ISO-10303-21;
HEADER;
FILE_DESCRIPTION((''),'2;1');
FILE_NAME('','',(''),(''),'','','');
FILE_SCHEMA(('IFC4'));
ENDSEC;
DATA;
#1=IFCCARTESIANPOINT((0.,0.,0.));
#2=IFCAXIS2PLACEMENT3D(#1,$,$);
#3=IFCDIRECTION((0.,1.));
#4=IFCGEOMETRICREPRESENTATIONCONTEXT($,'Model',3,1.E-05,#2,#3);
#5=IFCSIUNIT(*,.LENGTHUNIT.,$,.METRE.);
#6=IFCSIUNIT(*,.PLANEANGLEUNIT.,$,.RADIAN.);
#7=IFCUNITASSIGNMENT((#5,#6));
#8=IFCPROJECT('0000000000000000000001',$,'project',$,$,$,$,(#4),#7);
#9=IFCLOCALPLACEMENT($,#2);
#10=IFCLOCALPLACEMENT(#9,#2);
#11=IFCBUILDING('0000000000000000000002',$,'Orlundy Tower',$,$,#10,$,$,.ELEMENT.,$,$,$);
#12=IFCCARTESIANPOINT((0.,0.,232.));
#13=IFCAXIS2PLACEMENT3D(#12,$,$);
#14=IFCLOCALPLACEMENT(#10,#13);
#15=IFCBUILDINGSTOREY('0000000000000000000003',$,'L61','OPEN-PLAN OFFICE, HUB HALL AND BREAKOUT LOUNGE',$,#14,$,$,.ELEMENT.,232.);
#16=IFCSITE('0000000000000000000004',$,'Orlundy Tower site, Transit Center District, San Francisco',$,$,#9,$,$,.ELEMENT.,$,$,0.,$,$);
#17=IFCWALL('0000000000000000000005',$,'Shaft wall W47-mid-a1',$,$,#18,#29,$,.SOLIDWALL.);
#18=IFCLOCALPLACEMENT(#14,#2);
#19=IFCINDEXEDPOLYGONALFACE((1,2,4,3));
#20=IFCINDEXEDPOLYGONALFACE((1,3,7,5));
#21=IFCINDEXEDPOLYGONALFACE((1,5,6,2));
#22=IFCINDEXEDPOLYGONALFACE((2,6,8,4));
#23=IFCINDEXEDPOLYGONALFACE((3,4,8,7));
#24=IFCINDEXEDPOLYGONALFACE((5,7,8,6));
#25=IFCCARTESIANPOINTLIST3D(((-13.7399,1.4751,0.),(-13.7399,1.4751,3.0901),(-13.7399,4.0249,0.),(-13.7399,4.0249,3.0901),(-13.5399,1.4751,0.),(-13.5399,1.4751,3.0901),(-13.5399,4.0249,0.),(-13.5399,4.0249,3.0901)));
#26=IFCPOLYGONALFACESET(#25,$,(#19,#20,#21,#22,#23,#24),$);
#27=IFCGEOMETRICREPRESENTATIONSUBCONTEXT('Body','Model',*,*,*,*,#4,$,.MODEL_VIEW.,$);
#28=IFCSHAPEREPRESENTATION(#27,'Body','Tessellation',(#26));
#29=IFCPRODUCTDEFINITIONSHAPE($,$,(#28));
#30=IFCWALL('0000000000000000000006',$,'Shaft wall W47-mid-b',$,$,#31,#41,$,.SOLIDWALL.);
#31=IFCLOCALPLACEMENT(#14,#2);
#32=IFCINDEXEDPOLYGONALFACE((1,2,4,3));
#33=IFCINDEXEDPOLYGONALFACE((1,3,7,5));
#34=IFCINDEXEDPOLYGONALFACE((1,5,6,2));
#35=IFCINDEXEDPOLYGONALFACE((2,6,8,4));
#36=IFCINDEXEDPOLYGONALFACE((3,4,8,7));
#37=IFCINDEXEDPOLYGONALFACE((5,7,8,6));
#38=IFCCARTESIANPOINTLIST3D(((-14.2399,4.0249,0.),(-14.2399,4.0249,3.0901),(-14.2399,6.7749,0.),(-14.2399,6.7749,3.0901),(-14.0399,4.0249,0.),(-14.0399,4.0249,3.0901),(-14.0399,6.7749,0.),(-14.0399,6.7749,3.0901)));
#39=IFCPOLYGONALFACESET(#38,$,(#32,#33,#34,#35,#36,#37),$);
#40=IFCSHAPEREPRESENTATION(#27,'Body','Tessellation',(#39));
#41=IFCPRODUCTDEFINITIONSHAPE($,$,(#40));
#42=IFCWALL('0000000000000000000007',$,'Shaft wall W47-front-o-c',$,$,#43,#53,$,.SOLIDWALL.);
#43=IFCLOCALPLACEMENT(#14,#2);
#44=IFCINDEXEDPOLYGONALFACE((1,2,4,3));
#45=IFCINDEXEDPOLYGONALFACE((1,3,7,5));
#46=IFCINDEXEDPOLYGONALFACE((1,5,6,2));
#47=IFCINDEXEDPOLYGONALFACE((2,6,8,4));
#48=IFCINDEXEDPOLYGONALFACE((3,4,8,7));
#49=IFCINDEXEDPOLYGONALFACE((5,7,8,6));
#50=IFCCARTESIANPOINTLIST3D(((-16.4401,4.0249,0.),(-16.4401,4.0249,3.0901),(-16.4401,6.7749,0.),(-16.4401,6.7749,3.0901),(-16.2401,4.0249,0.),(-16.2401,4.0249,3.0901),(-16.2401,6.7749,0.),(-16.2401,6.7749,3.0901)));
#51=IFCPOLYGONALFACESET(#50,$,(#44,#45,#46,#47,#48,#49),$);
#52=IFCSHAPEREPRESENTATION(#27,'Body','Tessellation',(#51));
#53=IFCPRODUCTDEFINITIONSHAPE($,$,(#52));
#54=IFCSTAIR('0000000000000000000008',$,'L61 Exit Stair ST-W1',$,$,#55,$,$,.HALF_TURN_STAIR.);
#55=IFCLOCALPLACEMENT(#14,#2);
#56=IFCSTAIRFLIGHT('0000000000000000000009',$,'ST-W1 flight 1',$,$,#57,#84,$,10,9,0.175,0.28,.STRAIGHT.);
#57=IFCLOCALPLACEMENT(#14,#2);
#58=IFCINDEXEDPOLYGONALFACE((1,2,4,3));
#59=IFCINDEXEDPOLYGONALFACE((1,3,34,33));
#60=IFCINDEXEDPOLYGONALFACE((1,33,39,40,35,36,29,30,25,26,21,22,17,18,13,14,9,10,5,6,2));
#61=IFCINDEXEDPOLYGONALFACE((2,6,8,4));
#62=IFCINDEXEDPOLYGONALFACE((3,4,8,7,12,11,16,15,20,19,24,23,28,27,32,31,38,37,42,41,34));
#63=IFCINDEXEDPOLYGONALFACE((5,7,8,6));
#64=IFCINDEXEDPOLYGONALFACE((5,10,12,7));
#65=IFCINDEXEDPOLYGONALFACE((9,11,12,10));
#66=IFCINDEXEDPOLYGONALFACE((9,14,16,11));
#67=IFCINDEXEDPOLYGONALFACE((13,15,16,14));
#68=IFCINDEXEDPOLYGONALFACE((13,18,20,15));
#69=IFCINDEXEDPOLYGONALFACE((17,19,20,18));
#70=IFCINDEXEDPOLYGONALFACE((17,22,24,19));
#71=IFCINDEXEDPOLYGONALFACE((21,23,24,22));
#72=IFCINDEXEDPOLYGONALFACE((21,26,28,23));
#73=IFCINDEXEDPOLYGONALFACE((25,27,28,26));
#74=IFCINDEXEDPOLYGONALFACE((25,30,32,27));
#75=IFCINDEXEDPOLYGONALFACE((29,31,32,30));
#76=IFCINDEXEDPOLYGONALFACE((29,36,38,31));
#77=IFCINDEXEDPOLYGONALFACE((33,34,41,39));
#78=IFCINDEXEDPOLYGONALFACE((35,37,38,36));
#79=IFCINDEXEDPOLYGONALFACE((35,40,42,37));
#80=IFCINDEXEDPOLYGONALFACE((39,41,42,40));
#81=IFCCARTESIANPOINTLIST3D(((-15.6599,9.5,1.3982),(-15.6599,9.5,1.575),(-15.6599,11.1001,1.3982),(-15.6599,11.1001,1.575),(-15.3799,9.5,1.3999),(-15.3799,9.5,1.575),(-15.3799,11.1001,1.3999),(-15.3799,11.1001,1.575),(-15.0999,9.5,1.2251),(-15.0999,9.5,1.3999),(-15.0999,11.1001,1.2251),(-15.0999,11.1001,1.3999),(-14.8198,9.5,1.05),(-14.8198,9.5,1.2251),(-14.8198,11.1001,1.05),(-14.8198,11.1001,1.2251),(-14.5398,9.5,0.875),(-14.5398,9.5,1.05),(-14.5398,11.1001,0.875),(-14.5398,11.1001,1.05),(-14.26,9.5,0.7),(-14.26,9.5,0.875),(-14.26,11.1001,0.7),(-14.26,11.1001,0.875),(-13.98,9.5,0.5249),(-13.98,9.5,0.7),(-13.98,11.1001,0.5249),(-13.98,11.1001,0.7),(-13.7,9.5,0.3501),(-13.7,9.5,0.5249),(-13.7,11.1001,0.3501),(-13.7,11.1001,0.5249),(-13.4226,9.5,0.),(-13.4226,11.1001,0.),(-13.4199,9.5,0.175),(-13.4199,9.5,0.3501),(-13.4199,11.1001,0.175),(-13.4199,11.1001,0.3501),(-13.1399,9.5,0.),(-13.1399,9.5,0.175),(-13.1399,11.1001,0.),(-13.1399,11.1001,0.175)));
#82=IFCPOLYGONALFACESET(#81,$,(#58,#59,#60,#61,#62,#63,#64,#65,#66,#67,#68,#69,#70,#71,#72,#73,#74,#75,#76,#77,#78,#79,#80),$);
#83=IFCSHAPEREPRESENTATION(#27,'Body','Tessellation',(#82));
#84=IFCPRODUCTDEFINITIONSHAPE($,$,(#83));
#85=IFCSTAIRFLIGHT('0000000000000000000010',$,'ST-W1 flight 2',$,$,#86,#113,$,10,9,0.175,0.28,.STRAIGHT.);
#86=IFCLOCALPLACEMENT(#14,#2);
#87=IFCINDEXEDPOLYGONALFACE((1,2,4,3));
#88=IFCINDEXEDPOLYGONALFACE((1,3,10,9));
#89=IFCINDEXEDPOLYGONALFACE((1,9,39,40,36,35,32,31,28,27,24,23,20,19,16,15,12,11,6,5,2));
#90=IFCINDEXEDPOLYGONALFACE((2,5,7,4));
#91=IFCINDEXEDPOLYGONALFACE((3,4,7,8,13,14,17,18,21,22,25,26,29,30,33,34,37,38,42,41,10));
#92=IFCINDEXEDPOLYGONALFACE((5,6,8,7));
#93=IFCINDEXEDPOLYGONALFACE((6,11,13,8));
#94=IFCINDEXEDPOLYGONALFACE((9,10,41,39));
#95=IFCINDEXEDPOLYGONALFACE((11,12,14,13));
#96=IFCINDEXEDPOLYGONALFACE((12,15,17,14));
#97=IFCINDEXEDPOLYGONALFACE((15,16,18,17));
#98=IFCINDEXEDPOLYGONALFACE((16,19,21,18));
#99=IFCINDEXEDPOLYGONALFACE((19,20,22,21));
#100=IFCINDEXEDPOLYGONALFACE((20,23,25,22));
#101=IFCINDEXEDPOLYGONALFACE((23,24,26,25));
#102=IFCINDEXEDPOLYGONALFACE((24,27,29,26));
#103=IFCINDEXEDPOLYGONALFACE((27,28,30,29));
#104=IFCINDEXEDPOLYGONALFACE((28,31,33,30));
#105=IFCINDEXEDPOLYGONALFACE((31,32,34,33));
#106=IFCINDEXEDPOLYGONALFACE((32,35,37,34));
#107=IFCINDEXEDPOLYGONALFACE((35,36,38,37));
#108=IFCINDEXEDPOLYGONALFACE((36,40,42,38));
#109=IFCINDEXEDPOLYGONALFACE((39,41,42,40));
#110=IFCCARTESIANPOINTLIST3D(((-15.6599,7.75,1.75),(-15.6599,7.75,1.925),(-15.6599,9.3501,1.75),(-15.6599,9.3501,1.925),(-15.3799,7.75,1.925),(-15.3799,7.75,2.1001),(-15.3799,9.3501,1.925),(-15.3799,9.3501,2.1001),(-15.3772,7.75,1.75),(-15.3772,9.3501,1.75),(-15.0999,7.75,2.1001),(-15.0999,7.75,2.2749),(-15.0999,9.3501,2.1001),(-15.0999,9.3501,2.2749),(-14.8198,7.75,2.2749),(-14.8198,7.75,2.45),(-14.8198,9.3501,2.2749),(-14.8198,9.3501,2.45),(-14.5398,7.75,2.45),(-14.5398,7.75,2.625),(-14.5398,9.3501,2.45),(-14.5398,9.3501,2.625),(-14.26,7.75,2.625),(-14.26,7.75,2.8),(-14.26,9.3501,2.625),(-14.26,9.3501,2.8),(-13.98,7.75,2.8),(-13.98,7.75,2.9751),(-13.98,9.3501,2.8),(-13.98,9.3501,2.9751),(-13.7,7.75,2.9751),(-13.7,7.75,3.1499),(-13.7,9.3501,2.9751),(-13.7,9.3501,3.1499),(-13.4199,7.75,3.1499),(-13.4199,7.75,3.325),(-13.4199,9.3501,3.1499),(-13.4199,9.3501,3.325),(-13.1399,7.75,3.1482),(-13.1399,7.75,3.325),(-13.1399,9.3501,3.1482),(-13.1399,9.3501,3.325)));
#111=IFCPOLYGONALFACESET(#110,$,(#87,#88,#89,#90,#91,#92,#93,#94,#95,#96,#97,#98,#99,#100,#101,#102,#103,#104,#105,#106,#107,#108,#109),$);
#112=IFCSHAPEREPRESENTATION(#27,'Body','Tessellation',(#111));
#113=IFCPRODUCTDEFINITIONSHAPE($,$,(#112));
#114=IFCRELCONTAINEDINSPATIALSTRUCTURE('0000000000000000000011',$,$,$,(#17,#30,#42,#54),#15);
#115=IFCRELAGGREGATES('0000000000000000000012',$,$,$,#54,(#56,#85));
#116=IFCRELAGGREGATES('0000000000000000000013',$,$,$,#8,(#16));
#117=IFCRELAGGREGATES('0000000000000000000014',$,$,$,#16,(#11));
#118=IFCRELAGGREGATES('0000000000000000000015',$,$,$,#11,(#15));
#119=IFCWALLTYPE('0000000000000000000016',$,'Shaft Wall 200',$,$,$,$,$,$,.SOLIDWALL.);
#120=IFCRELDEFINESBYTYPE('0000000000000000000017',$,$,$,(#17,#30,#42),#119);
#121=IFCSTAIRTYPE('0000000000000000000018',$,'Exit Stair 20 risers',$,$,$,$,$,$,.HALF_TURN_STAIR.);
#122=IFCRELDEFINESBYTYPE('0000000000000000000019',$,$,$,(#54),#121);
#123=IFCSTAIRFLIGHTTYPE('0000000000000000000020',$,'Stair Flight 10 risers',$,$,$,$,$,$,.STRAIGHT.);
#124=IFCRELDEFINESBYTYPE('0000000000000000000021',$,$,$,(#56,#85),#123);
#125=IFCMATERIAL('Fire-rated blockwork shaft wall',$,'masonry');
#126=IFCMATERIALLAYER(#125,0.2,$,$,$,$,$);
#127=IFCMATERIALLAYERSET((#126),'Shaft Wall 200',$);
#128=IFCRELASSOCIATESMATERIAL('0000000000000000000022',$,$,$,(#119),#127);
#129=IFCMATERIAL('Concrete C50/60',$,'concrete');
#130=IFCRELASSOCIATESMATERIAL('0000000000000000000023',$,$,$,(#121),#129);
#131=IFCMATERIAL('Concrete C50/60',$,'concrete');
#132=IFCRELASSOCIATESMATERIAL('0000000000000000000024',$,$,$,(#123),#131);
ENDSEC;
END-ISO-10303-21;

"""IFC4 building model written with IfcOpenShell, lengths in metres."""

from ifc_helpers import new_model, si_unit, direction, frame, frame_2d, origin, place, context, subcontext, project, spatial, polyline, rectangle, outline, extrude, material, layer, layer_set, type_object, element, aggregate, save


model = new_model("IFC4")

# Units and contexts
model_context = context("Model", 3, precision=1e-05, world=origin(), true_north=direction((0.0, 1.0)))
body_context = subcontext(model_context, "Body", "Model", "MODEL_VIEW")
ifc_project = project(units=[si_unit("LENGTHUNIT", "METRE"), si_unit("PLANEANGLEUNIT", "RADIAN")], contexts=[model_context])

# Site, building, storey
site_placement = place(None, origin())
site = spatial("IfcSite", under=ifc_project, at=site_placement, Name="Orlundy Tower site, Transit Center District, San Francisco", CompositionType="ELEMENT", RefElevation=0.0)
building_placement = place(site_placement, origin())
building = spatial("IfcBuilding", under=site, at=building_placement, Name="Orlundy Tower", CompositionType="ELEMENT")
storey_placement = place(building_placement, frame((0.0, 0.0, 232.0)))
storey = spatial("IfcBuildingStorey", under=building, at=storey_placement, Name="L61", Description="OPEN-PLAN OFFICE, HUB HALL AND BREAKOUT LOUNGE", CompositionType="ELEMENT", Elevation=232.0)

# Walls
ifc_material_1 = material(Name="Fire-rated blockwork shaft wall", Category="masonry")
ifc_layer_1 = layer(ifc_material_1, 0.2)
ifc_layer_set_1 = layer_set([ifc_layer_1], Name="Shaft Wall 200")
wall_type_1 = type_object("IfcWallType", Name="Shaft Wall 200", PredefinedType="SOLIDWALL", material=ifc_layer_set_1)
wall_1_placement = place(storey_placement, frame((-13.6399, 1.4751, 0.0), z_axis=(0.0, 0.0, 1.0), x_axis=(0.0, 1.0, 0.0)))
element("IfcWall", 1, at=wall_1_placement, inside=storey, type_object=wall_type_1, Name="Shaft wall W47-mid-a1", PredefinedType="SOLIDWALL", context=body_context, shape_type="SweptSolid", body=[
    extrude(rectangle(XDim=2.5498, YDim=0.2, at=frame_2d((1.2749, 0.0))), origin(), (0.0, 0.0, 1.0), 3.0901),
])
for number, where, z_axis, x_axis, name in (
    (2, (-14.1399, 4.0249, 0.0), (0.0, 0.0, 1.0), (0.0, 1.0, 0.0), "Shaft wall W47-mid-b"),
    (3, (-16.3401, 4.0249, 0.0), (0.0, 0.0, 1.0), (0.0, 1.0, 0.0), "Shaft wall W47-front-o-c"),
):
    element("IfcWall", number, at=place(storey_placement, frame(where, z_axis=z_axis, x_axis=x_axis)), inside=storey, type_object=wall_type_1, Name=name, PredefinedType="SOLIDWALL", context=body_context, shape_type="SweptSolid", body=[
        extrude(rectangle(XDim=2.75, YDim=0.2, at=frame_2d((1.375, 0.0))), origin(), (0.0, 0.0, 1.0), 3.0901),
    ])

# Stair, stair flights
ifc_material_2 = material(Name="Concrete C50/60", Category="concrete")
stair_type = type_object("IfcStairType", Name="Exit Stair 20 risers", PredefinedType="HALF_TURN_STAIR", material=ifc_material_2)
stair_placement = place(storey_placement, origin())
stair = element("IfcStair", 4, at=stair_placement, inside=storey, type_object=stair_type, Name="L61 Exit Stair ST-W1", PredefinedType="HALF_TURN_STAIR")
ifc_material_3 = material(Name="Concrete C50/60", Category="concrete")
stair_flight_type = type_object("IfcStairFlightType", Name="Stair Flight 10 risers", PredefinedType="STRAIGHT", material=ifc_material_3)
stair_flight_1_placement = place(storey_placement, frame((-13.1399, 10.3, 0.0), z_axis=(0.0, 0.0, 1.0), x_axis=(-1.0, 0.0, 0.0)))
stair_flight_1 = element("IfcStairFlight", 5, at=stair_flight_1_placement, type_object=stair_flight_type, Name="ST-W1 flight 1", NumberOfRisers=10, NumberOfTreads=9, PredefinedType="STRAIGHT", RiserHeight=0.175, TreadLength=0.28, context=body_context, shape_type="SweptSolid", body=[
    extrude(outline(polyline([(0.0, 0.0), (0.0, 0.175), (0.28, 0.175), (0.28, 0.3501), (0.5601, 0.3501), (0.5601, 0.5249), (0.8401, 0.5249), (0.8401, 0.7), (1.1201, 0.7), (1.1201, 0.875), (1.3999, 0.875), (1.3999, 1.05), (1.6799, 1.05), (1.6799, 1.2251), (1.96, 1.2251), (1.96, 1.3999), (2.24, 1.3999), (2.24, 1.575), (2.52, 1.575), (2.52, 1.75), (2.52, 1.3982), (0.2827, 0.0), (0.0, 0.0)])), frame((0.0, 0.8, 0.0), z_axis=(0.0, -1.0, 0.0), x_axis=(1.0, 0.0, 0.0)), (0.0, 0.0, 1.0), 1.6001),
])
stair_flight_2_placement = place(storey_placement, frame((-15.6599, 8.55, 1.75), z_axis=(0.0, 0.0, 1.0), x_axis=(1.0, 0.0, 0.0)))
stair_flight_2 = element("IfcStairFlight", 6, at=stair_flight_2_placement, type_object=stair_flight_type, Name="ST-W1 flight 2", NumberOfRisers=10, NumberOfTreads=9, PredefinedType="STRAIGHT", RiserHeight=0.175, TreadLength=0.28, context=body_context, shape_type="SweptSolid", body=[
    extrude(outline(polyline([(0.0, 0.0), (0.0, 0.175), (0.28, 0.175), (0.28, 0.3501), (0.5601, 0.3501), (0.5601, 0.5249), (0.8401, 0.5249), (0.8401, 0.7), (1.1201, 0.7), (1.1201, 0.875), (1.3999, 0.875), (1.3999, 1.05), (1.6799, 1.05), (1.6799, 1.2251), (1.96, 1.2251), (1.96, 1.3999), (2.24, 1.3999), (2.24, 1.575), (2.52, 1.575), (2.52, 1.75), (2.52, 1.3982), (0.2827, 0.0), (0.0, 0.0)])), frame((0.0, 0.8, 0.0), z_axis=(0.0, -1.0, 0.0), x_axis=(1.0, 0.0, 0.0)), (0.0, 0.0, 1.0), 1.6001),
])
aggregate(stair, [stair_flight_1, stair_flight_2])

save(model, "model.ifc")
